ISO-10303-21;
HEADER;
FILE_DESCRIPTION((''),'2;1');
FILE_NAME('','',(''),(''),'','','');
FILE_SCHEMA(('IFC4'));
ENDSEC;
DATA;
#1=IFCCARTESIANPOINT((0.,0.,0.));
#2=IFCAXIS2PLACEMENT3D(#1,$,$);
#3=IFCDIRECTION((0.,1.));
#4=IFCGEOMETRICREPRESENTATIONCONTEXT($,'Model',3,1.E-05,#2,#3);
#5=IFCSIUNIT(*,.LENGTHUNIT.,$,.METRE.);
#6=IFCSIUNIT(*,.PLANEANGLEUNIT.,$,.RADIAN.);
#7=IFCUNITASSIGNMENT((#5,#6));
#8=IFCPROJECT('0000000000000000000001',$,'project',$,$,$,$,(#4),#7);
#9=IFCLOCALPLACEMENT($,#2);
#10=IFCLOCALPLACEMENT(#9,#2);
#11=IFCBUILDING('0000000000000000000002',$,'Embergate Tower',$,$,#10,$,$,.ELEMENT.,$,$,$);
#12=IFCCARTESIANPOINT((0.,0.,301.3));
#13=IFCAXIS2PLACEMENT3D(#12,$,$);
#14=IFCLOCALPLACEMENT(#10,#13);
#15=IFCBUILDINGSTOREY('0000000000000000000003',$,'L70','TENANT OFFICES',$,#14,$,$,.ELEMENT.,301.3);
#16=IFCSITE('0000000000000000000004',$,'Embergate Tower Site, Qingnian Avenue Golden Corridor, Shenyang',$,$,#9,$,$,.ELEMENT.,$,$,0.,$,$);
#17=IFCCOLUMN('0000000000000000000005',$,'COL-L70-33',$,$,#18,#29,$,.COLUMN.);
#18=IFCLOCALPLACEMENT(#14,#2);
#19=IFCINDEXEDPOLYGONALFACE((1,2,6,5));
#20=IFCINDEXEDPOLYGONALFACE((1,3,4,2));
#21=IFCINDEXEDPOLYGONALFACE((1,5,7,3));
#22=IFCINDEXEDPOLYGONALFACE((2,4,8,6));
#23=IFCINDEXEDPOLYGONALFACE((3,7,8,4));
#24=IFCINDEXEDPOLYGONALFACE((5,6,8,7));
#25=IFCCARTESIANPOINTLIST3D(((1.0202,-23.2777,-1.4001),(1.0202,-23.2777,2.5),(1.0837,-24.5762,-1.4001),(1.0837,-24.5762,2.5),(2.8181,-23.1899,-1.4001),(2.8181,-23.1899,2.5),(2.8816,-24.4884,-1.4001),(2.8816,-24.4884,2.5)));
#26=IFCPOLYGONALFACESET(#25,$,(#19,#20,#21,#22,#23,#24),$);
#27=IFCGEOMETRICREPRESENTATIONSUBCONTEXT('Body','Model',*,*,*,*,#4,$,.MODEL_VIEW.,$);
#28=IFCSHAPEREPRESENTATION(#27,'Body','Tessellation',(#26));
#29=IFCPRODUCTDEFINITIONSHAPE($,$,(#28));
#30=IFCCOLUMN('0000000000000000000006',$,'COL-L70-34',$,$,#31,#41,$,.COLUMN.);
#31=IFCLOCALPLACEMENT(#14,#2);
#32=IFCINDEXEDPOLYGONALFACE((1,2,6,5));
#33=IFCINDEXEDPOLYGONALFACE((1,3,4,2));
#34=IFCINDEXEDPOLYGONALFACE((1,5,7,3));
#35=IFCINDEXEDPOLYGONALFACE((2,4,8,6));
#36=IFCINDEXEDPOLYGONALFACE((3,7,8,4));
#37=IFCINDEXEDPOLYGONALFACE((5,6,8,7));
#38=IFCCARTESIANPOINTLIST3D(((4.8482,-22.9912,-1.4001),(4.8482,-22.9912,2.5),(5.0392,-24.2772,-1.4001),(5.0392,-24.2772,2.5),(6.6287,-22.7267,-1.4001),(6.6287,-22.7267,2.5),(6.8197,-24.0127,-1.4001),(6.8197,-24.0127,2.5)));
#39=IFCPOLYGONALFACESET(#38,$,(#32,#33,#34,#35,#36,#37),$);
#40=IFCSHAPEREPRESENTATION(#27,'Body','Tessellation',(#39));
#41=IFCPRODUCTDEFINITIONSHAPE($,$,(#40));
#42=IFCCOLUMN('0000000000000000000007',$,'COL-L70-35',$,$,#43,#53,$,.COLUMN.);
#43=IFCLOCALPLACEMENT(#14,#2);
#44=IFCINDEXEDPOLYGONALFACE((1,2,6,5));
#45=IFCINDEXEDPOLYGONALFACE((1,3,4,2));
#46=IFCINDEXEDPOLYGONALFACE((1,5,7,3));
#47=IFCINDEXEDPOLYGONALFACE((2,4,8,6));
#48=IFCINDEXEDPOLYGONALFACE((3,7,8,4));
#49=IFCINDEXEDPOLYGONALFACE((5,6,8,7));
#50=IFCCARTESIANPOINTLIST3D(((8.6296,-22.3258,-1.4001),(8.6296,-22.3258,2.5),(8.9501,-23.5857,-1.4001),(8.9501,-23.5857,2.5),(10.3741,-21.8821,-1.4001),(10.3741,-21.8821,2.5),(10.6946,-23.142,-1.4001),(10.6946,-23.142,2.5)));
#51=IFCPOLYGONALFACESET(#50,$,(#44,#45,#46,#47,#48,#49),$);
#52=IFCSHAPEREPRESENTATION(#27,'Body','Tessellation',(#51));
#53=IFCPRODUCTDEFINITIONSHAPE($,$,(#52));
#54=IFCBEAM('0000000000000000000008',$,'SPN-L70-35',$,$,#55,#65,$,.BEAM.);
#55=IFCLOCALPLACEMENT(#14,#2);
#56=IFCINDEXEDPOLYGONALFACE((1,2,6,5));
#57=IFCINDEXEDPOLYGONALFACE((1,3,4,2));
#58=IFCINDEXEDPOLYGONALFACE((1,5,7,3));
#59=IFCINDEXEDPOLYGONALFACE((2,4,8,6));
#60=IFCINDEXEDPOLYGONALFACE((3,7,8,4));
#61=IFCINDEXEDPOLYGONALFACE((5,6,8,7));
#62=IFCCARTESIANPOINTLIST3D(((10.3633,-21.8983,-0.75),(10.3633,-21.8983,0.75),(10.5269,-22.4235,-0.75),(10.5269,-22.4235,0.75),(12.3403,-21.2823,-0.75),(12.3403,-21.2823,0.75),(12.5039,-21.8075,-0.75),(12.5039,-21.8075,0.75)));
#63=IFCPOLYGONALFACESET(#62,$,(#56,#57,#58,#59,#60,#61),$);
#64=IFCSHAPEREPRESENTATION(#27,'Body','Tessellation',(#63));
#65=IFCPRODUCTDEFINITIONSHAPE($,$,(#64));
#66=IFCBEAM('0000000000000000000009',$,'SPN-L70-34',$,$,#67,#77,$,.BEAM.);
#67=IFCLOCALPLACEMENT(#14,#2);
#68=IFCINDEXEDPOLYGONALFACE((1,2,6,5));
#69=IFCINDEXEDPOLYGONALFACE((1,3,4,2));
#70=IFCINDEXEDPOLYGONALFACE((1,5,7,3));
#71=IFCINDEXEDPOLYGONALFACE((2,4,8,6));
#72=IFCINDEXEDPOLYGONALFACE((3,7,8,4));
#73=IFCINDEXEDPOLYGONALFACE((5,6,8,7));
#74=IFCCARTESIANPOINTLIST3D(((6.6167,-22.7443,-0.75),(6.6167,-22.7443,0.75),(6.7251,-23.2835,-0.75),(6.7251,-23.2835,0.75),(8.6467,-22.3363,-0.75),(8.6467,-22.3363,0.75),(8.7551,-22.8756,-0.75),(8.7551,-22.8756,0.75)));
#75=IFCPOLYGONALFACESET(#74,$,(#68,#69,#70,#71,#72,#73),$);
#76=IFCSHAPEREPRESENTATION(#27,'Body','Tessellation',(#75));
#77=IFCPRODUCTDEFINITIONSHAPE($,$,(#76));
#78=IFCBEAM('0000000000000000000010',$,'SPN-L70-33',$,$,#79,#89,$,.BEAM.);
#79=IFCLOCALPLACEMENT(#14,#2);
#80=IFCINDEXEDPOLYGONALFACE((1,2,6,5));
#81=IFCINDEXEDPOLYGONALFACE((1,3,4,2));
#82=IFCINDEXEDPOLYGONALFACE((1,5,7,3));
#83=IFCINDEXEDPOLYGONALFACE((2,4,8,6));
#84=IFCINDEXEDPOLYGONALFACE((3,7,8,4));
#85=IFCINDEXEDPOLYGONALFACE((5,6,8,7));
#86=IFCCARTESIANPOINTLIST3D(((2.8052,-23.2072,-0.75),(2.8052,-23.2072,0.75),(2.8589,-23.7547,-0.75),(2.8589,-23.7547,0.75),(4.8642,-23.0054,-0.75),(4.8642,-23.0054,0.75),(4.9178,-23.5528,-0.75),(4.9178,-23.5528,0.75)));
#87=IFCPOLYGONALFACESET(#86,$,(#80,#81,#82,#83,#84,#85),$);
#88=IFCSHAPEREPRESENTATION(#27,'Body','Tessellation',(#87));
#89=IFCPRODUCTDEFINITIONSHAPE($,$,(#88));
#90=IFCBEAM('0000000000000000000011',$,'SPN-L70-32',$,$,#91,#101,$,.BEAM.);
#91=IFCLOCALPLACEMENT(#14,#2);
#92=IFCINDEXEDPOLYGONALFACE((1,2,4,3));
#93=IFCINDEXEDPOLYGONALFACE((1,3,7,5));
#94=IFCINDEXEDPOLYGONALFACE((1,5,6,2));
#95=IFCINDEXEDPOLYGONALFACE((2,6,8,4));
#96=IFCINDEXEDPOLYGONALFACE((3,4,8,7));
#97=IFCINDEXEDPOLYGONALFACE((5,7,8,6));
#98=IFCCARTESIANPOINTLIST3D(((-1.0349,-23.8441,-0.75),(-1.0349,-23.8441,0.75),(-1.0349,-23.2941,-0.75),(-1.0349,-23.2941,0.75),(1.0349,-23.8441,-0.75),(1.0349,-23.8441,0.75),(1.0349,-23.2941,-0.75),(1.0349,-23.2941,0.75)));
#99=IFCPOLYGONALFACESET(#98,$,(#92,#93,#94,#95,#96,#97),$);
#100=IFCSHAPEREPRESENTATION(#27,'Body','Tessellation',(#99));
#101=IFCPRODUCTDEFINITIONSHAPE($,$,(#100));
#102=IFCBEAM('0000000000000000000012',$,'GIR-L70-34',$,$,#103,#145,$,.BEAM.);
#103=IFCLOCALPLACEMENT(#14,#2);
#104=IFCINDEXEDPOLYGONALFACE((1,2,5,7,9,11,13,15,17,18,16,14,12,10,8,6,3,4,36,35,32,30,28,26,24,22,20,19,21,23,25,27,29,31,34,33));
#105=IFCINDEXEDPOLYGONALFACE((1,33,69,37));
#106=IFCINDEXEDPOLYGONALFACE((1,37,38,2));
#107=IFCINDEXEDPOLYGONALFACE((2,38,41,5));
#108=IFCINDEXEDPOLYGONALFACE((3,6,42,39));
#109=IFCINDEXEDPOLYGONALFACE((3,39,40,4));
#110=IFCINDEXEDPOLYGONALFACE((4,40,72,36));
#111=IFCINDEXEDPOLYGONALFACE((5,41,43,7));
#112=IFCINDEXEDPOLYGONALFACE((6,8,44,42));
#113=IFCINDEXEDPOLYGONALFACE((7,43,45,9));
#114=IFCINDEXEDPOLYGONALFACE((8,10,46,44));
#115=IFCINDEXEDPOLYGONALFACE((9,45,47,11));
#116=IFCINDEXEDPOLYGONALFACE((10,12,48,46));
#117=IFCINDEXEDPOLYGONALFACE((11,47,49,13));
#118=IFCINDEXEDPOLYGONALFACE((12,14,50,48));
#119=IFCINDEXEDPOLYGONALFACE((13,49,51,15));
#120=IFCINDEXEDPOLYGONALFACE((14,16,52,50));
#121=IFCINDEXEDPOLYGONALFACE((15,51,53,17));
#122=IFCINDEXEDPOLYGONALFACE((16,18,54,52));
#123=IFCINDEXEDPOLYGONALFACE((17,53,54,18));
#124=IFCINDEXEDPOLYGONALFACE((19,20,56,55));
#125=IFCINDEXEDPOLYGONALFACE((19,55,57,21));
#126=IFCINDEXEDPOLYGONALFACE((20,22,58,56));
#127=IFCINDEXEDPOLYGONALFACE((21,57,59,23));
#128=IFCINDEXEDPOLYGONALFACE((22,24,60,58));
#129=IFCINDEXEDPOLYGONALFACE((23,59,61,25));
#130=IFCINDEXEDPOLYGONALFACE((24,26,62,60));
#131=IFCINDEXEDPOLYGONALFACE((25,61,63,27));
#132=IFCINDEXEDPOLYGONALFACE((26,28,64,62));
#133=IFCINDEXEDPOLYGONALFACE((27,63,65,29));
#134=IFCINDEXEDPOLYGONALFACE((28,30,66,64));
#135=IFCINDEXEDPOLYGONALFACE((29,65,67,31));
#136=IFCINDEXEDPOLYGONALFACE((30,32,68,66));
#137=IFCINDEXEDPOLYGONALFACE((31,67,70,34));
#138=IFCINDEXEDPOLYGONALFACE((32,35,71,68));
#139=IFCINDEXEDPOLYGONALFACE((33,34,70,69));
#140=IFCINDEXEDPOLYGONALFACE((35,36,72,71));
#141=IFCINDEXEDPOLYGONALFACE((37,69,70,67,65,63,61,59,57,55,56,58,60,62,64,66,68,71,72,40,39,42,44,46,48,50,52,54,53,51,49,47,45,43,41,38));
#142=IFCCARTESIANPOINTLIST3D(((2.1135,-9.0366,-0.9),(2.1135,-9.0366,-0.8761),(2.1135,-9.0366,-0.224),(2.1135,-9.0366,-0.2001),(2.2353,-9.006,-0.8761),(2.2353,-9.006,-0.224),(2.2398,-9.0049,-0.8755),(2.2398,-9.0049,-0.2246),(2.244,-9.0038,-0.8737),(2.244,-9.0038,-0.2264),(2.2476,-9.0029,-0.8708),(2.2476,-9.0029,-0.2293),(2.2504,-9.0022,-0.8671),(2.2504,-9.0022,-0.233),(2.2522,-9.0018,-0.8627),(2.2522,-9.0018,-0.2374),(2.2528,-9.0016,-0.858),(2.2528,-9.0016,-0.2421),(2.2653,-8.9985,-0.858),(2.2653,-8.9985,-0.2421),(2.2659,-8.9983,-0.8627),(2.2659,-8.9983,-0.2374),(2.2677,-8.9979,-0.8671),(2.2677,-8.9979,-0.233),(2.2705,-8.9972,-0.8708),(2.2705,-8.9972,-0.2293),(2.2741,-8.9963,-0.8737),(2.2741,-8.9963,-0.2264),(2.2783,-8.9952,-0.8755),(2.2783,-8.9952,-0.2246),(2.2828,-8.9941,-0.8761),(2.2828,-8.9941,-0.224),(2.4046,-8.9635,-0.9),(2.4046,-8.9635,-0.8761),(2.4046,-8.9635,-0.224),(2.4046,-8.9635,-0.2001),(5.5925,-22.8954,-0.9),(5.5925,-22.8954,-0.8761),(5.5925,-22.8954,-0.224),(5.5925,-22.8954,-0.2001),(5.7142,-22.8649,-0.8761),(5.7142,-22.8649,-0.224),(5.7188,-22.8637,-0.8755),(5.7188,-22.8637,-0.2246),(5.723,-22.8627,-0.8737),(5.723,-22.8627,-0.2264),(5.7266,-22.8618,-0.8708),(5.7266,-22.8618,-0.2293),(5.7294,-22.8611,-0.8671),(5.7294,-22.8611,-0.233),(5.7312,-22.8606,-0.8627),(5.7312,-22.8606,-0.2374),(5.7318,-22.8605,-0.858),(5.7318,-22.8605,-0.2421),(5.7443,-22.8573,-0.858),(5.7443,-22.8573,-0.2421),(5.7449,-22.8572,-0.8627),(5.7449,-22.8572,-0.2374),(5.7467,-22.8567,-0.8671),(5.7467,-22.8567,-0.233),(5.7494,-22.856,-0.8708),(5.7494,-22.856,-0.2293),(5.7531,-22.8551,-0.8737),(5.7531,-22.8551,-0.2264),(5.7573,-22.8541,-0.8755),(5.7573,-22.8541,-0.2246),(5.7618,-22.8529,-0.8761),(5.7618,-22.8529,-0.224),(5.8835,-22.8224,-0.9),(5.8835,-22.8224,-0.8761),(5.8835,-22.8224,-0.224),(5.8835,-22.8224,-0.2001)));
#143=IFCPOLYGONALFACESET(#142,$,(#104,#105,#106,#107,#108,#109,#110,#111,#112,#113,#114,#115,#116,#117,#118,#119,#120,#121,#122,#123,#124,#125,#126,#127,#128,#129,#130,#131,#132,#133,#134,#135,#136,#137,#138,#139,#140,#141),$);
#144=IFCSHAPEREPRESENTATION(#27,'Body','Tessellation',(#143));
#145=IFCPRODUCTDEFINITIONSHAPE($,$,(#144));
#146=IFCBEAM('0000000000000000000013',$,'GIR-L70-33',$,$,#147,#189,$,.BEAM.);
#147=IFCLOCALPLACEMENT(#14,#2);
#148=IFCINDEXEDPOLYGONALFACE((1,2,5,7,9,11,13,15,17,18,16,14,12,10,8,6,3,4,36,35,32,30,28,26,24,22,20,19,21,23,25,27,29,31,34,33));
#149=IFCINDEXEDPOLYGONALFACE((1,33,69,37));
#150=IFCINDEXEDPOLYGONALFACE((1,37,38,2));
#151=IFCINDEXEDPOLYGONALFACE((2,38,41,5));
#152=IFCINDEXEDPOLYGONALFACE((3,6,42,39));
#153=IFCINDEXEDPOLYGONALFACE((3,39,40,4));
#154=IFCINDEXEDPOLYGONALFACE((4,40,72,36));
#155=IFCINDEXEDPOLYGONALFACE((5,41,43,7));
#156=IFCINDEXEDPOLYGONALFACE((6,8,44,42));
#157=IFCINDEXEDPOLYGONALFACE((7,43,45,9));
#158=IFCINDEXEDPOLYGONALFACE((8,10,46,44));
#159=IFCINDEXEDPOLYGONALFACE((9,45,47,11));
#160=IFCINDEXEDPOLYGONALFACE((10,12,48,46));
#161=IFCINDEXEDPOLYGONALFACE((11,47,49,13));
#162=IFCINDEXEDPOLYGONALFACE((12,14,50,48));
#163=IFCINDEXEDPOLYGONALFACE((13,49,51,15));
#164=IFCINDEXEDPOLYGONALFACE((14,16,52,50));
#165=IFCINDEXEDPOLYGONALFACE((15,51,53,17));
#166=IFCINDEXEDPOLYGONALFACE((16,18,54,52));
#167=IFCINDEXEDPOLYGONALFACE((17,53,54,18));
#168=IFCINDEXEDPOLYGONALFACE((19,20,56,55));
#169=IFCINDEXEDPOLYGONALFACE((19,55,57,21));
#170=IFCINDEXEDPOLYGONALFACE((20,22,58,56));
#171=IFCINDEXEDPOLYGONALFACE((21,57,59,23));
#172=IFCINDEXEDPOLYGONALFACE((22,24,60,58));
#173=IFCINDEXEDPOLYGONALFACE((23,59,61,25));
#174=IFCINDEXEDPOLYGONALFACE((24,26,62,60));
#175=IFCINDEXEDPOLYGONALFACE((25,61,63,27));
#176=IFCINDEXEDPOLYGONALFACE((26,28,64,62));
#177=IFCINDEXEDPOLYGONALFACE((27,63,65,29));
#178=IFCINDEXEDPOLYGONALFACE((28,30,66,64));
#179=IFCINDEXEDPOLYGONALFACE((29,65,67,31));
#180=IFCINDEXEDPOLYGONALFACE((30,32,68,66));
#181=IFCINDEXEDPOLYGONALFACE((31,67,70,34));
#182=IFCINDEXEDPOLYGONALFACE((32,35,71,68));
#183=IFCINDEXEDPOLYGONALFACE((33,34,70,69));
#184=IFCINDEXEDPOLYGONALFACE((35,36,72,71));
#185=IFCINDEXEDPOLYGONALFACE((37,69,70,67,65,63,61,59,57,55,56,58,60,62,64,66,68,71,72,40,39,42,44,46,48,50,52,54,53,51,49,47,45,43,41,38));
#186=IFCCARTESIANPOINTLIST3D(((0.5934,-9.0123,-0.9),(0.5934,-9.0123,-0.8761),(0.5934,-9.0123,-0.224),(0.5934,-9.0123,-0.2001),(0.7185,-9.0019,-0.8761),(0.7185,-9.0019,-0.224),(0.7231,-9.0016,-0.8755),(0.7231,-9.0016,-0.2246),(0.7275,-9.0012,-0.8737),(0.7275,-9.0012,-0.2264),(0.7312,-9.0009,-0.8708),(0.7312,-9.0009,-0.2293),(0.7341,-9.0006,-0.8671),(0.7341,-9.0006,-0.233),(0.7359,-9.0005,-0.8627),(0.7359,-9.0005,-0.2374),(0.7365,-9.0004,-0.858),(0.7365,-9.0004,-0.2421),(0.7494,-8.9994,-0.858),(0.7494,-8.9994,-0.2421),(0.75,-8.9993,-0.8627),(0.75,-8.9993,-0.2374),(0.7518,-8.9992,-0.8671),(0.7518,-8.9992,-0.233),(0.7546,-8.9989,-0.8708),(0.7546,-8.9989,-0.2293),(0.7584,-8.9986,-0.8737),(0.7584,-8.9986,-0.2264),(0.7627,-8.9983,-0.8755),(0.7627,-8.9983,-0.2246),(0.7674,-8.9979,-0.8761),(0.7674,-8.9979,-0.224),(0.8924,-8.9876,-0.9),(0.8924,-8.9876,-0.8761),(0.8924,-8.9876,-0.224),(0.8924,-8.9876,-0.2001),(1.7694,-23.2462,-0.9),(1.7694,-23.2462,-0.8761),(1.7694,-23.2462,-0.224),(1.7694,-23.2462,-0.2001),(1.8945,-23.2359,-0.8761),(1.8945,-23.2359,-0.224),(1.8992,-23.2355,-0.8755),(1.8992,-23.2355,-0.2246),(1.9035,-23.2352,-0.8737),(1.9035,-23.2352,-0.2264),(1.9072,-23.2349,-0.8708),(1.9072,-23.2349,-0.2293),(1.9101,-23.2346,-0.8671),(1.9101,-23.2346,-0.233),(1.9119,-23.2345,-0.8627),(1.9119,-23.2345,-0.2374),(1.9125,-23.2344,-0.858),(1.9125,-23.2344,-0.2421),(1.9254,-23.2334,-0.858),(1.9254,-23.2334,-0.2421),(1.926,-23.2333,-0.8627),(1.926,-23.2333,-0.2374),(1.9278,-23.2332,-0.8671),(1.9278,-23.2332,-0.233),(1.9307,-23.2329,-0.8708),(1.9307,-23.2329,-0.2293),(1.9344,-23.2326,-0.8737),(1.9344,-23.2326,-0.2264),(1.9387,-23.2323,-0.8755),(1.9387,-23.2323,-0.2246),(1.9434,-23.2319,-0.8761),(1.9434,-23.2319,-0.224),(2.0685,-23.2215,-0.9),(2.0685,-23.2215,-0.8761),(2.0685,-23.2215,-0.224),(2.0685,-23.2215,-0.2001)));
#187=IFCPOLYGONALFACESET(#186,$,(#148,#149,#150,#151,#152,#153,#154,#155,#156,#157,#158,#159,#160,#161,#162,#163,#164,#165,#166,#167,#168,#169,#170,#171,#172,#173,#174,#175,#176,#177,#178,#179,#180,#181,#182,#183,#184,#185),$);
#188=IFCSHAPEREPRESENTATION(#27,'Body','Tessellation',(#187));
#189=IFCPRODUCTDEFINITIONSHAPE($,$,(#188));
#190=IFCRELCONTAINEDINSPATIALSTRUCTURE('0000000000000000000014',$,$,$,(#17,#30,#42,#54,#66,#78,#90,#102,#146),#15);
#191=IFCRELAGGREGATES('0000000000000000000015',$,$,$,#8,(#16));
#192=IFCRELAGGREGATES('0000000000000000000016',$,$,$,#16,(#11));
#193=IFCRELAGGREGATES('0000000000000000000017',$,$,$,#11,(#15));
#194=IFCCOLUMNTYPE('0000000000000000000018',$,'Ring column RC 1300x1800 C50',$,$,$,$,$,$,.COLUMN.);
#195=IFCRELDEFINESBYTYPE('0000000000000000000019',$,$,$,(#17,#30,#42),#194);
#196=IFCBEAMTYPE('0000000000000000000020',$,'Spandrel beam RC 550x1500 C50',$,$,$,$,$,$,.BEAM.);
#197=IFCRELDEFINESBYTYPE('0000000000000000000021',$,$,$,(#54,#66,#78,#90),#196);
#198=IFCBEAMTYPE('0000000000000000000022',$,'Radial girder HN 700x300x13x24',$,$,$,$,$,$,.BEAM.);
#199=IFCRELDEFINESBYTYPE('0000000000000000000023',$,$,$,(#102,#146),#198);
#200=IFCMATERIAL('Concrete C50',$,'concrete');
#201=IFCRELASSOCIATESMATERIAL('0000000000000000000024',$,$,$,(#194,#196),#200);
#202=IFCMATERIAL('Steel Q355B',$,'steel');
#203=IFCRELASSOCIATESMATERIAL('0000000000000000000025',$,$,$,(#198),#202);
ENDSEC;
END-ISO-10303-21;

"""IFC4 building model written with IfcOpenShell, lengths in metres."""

from ifc_helpers import new_model, si_unit, direction, frame, origin, origin_2d, place, context, subcontext, project, spatial, rectangle, i_section, extrude, source, transform, mapped, material, material_profile, profile_set, type_object, element, save


model = new_model("IFC4")

# Units and contexts
model_context = context("Model", 3, precision=1e-05, world=origin(), true_north=direction((0.0, 1.0)))
body_context = subcontext(model_context, "Body", "Model", "MODEL_VIEW")
ifc_project = project(units=[si_unit("LENGTHUNIT", "METRE"), si_unit("PLANEANGLEUNIT", "RADIAN")], contexts=[model_context])

# Site, building, storey
site_placement = place(None, origin())
site = spatial("IfcSite", under=ifc_project, at=site_placement, Name="Embergate Tower Site, Qingnian Avenue Golden Corridor, Shenyang", CompositionType="ELEMENT", RefElevation=0.0)
building_placement = place(site_placement, origin())
building = spatial("IfcBuilding", under=site, at=building_placement, Name="Embergate Tower", CompositionType="ELEMENT")
storey_placement = place(building_placement, frame((0.0, 0.0, 301.3)))
storey = spatial("IfcBuildingStorey", under=building, at=storey_placement, Name="L70", Description="TENANT OFFICES", CompositionType="ELEMENT", Elevation=301.3)

# Columns
ifc_material_1 = material(Name="Concrete C50", Category="concrete")
ifc_material_profile_1 = material_profile(ifc_material_1, rectangle(XDim=1.3, YDim=1.8, at=origin_2d()), Name="RC 1300x1800")
ifc_profile_set_1 = profile_set([ifc_material_profile_1], Name="Concrete C50")
column_type = type_object("IfcColumnType", Name="Ring column RC 1300x1800 C50", PredefinedType="COLUMN", material=ifc_profile_set_1)
shared_shape_1 = source(origin(), body_context, "Body", "SweptSolid", [
    extrude(rectangle(XDim=1.3, YDim=1.8, at=origin_2d()), origin(), (0.0, 0.0, 1.0), 3.9001),
])
for number, where, z_axis, x_axis, name in (
    (1, (1.9509, -23.8831, -1.4001), (0.0, 0.0, 1.0), (0.048815, -0.998808, 0.0), "COL-L70-33"),
    (2, (5.834, -23.502, -1.4001), (0.0, 0.0, 1.0), (0.146929, -0.989147, 0.0), "COL-L70-34"),
    (3, (9.6621, -22.7339, -1.4001), (0.0, 0.0, 1.0), (0.246509, -0.969141, 0.0), "COL-L70-35"),
):
    element("IfcColumn", number, at=place(storey_placement, frame(where, z_axis=z_axis, x_axis=x_axis)), inside=storey, type_object=column_type, Name=name, PredefinedType="COLUMN", context=body_context, shape_type="MappedRepresentation", body=[
        mapped(shared_shape_1, transform((0.0, 0.0, 0.0))),
    ])

# Beams
ifc_material_profile_2 = material_profile(ifc_material_1, rectangle(XDim=0.55, YDim=1.5, at=origin_2d()), Name="RC 550x1500")
ifc_profile_set_2 = profile_set([ifc_material_profile_2], Name="Concrete C50")
beam_type_1 = type_object("IfcBeamType", Name="Spandrel beam RC 550x1500 C50", PredefinedType="BEAM", material=ifc_profile_set_2)
shared_shape_2 = source(origin(), body_context, "Body", "SweptSolid", [
    extrude(rectangle(XDim=0.55, YDim=1.5, at=origin_2d()), origin(), (0.0, 0.0, 1.0), 2.0708),
])
beam_1_placement = place(storey_placement, frame((10.4451, -22.1609, 0.0), z_axis=(0.954736, 0.297456, 0.0), x_axis=(-0.297456, 0.954736, 0.0)))
element("IfcBeam", 4, at=beam_1_placement, inside=storey, type_object=beam_type_1, Name="SPN-L70-35", PredefinedType="BEAM", context=body_context, shape_type="MappedRepresentation", body=[
    mapped(shared_shape_2, transform((0.0, 0.0, 0.0))),
])
shared_shape_3 = source(origin(), body_context, "Body", "SweptSolid", [
    extrude(rectangle(XDim=0.55, YDim=1.5, at=origin_2d()), origin(), (0.0, 0.0, 1.0), 2.0706),
])
beam_2_placement = place(storey_placement, frame((6.6709, -23.0139, 0.0), z_axis=(0.980399, 0.197023, 0.0), x_axis=(-0.197023, 0.980399, 0.0)))
element("IfcBeam", 5, at=beam_2_placement, inside=storey, type_object=beam_type_1, Name="SPN-L70-34", PredefinedType="BEAM", context=body_context, shape_type="MappedRepresentation", body=[
    mapped(shared_shape_3, transform((0.0, 0.0, 0.0))),
])
shared_shape_4 = source(origin(), body_context, "Body", "SweptSolid", [
    extrude(rectangle(XDim=0.55, YDim=1.5, at=origin_2d()), origin(), (0.0, 0.0, 1.0), 2.0688),
])
beam_3_placement = place(storey_placement, frame((2.832, -23.481, 0.0), z_axis=(0.995227, 0.097587, 0.0), x_axis=(-0.097587, 0.995227, 0.0)))
element("IfcBeam", 6, at=beam_3_placement, inside=storey, type_object=beam_type_1, Name="SPN-L70-33", PredefinedType="BEAM", context=body_context, shape_type="MappedRepresentation", body=[
    mapped(shared_shape_4, transform((0.0, 0.0, 0.0))),
])
shared_shape_5 = source(origin(), body_context, "Body", "SweptSolid", [
    extrude(rectangle(XDim=0.55, YDim=1.5, at=origin_2d()), origin(), (0.0, 0.0, 1.0), 2.0698),
])
beam_4_placement = place(storey_placement, frame((-1.0349, -23.5691, 0.0), z_axis=(1.0, 0.0, 0.0), x_axis=(0.0, 1.0, 0.0)))
element("IfcBeam", 7, at=beam_4_placement, inside=storey, type_object=beam_type_1, Name="SPN-L70-32", PredefinedType="BEAM", context=body_context, shape_type="MappedRepresentation", body=[
    mapped(shared_shape_5, transform((0.0, 0.0, 0.0))),
])
ifc_material_2 = material(Name="Steel Q355B", Category="steel")
ifc_material_profile_3 = material_profile(ifc_material_2, i_section(OverallWidth=0.3, OverallDepth=0.7, WebThickness=0.0129, FlangeThickness=0.0239, FilletRadius=0.0181, at=origin_2d()), Name="HN 700x300x13x24")
ifc_profile_set_3 = profile_set([ifc_material_profile_3], Name="Steel Q355 grade B")
beam_type_2 = type_object("IfcBeamType", Name="Radial girder HN 700x300x13x24", PredefinedType="BEAM", material=ifc_profile_set_3)
shared_shape_6 = source(origin(), body_context, "Body", "SweptSolid", [
    extrude(i_section(OverallWidth=0.3, OverallDepth=0.7, WebThickness=0.0129, FlangeThickness=0.0239, FilletRadius=0.0181, at=origin_2d()), origin(), (0.0, 0.0, 1.0), 14.2888),
])
beam_5_placement = place(storey_placement, frame((5.738, -22.8589, -0.55), z_axis=(-0.243476, 0.969907, 0.0), x_axis=(-0.969907, -0.243476, 0.0)))
element("IfcBeam", 8, at=beam_5_placement, inside=storey, type_object=beam_type_2, Name="GIR-L70-34", PredefinedType="BEAM", context=body_context, shape_type="MappedRepresentation", body=[
    mapped(shared_shape_6, transform((0.0, 0.0, 0.0))),
])
shared_shape_7 = source(origin(), body_context, "Body", "SweptSolid", [
    extrude(i_section(OverallWidth=0.3, OverallDepth=0.7, WebThickness=0.0129, FlangeThickness=0.0239, FilletRadius=0.0181, at=origin_2d()), origin(), (0.0, 0.0, 1.0), 14.2825),
])
beam_6_placement = place(storey_placement, frame((1.9189, -23.2339, -0.55), z_axis=(-0.082341, 0.996604, 0.0), x_axis=(-0.996604, -0.082341, 0.0)))
element("IfcBeam", 9, at=beam_6_placement, inside=storey, type_object=beam_type_2, Name="GIR-L70-33", PredefinedType="BEAM", context=body_context, shape_type="MappedRepresentation", body=[
    mapped(shared_shape_7, transform((0.0, 0.0, 0.0))),
])

save(model, "model.ifc")
